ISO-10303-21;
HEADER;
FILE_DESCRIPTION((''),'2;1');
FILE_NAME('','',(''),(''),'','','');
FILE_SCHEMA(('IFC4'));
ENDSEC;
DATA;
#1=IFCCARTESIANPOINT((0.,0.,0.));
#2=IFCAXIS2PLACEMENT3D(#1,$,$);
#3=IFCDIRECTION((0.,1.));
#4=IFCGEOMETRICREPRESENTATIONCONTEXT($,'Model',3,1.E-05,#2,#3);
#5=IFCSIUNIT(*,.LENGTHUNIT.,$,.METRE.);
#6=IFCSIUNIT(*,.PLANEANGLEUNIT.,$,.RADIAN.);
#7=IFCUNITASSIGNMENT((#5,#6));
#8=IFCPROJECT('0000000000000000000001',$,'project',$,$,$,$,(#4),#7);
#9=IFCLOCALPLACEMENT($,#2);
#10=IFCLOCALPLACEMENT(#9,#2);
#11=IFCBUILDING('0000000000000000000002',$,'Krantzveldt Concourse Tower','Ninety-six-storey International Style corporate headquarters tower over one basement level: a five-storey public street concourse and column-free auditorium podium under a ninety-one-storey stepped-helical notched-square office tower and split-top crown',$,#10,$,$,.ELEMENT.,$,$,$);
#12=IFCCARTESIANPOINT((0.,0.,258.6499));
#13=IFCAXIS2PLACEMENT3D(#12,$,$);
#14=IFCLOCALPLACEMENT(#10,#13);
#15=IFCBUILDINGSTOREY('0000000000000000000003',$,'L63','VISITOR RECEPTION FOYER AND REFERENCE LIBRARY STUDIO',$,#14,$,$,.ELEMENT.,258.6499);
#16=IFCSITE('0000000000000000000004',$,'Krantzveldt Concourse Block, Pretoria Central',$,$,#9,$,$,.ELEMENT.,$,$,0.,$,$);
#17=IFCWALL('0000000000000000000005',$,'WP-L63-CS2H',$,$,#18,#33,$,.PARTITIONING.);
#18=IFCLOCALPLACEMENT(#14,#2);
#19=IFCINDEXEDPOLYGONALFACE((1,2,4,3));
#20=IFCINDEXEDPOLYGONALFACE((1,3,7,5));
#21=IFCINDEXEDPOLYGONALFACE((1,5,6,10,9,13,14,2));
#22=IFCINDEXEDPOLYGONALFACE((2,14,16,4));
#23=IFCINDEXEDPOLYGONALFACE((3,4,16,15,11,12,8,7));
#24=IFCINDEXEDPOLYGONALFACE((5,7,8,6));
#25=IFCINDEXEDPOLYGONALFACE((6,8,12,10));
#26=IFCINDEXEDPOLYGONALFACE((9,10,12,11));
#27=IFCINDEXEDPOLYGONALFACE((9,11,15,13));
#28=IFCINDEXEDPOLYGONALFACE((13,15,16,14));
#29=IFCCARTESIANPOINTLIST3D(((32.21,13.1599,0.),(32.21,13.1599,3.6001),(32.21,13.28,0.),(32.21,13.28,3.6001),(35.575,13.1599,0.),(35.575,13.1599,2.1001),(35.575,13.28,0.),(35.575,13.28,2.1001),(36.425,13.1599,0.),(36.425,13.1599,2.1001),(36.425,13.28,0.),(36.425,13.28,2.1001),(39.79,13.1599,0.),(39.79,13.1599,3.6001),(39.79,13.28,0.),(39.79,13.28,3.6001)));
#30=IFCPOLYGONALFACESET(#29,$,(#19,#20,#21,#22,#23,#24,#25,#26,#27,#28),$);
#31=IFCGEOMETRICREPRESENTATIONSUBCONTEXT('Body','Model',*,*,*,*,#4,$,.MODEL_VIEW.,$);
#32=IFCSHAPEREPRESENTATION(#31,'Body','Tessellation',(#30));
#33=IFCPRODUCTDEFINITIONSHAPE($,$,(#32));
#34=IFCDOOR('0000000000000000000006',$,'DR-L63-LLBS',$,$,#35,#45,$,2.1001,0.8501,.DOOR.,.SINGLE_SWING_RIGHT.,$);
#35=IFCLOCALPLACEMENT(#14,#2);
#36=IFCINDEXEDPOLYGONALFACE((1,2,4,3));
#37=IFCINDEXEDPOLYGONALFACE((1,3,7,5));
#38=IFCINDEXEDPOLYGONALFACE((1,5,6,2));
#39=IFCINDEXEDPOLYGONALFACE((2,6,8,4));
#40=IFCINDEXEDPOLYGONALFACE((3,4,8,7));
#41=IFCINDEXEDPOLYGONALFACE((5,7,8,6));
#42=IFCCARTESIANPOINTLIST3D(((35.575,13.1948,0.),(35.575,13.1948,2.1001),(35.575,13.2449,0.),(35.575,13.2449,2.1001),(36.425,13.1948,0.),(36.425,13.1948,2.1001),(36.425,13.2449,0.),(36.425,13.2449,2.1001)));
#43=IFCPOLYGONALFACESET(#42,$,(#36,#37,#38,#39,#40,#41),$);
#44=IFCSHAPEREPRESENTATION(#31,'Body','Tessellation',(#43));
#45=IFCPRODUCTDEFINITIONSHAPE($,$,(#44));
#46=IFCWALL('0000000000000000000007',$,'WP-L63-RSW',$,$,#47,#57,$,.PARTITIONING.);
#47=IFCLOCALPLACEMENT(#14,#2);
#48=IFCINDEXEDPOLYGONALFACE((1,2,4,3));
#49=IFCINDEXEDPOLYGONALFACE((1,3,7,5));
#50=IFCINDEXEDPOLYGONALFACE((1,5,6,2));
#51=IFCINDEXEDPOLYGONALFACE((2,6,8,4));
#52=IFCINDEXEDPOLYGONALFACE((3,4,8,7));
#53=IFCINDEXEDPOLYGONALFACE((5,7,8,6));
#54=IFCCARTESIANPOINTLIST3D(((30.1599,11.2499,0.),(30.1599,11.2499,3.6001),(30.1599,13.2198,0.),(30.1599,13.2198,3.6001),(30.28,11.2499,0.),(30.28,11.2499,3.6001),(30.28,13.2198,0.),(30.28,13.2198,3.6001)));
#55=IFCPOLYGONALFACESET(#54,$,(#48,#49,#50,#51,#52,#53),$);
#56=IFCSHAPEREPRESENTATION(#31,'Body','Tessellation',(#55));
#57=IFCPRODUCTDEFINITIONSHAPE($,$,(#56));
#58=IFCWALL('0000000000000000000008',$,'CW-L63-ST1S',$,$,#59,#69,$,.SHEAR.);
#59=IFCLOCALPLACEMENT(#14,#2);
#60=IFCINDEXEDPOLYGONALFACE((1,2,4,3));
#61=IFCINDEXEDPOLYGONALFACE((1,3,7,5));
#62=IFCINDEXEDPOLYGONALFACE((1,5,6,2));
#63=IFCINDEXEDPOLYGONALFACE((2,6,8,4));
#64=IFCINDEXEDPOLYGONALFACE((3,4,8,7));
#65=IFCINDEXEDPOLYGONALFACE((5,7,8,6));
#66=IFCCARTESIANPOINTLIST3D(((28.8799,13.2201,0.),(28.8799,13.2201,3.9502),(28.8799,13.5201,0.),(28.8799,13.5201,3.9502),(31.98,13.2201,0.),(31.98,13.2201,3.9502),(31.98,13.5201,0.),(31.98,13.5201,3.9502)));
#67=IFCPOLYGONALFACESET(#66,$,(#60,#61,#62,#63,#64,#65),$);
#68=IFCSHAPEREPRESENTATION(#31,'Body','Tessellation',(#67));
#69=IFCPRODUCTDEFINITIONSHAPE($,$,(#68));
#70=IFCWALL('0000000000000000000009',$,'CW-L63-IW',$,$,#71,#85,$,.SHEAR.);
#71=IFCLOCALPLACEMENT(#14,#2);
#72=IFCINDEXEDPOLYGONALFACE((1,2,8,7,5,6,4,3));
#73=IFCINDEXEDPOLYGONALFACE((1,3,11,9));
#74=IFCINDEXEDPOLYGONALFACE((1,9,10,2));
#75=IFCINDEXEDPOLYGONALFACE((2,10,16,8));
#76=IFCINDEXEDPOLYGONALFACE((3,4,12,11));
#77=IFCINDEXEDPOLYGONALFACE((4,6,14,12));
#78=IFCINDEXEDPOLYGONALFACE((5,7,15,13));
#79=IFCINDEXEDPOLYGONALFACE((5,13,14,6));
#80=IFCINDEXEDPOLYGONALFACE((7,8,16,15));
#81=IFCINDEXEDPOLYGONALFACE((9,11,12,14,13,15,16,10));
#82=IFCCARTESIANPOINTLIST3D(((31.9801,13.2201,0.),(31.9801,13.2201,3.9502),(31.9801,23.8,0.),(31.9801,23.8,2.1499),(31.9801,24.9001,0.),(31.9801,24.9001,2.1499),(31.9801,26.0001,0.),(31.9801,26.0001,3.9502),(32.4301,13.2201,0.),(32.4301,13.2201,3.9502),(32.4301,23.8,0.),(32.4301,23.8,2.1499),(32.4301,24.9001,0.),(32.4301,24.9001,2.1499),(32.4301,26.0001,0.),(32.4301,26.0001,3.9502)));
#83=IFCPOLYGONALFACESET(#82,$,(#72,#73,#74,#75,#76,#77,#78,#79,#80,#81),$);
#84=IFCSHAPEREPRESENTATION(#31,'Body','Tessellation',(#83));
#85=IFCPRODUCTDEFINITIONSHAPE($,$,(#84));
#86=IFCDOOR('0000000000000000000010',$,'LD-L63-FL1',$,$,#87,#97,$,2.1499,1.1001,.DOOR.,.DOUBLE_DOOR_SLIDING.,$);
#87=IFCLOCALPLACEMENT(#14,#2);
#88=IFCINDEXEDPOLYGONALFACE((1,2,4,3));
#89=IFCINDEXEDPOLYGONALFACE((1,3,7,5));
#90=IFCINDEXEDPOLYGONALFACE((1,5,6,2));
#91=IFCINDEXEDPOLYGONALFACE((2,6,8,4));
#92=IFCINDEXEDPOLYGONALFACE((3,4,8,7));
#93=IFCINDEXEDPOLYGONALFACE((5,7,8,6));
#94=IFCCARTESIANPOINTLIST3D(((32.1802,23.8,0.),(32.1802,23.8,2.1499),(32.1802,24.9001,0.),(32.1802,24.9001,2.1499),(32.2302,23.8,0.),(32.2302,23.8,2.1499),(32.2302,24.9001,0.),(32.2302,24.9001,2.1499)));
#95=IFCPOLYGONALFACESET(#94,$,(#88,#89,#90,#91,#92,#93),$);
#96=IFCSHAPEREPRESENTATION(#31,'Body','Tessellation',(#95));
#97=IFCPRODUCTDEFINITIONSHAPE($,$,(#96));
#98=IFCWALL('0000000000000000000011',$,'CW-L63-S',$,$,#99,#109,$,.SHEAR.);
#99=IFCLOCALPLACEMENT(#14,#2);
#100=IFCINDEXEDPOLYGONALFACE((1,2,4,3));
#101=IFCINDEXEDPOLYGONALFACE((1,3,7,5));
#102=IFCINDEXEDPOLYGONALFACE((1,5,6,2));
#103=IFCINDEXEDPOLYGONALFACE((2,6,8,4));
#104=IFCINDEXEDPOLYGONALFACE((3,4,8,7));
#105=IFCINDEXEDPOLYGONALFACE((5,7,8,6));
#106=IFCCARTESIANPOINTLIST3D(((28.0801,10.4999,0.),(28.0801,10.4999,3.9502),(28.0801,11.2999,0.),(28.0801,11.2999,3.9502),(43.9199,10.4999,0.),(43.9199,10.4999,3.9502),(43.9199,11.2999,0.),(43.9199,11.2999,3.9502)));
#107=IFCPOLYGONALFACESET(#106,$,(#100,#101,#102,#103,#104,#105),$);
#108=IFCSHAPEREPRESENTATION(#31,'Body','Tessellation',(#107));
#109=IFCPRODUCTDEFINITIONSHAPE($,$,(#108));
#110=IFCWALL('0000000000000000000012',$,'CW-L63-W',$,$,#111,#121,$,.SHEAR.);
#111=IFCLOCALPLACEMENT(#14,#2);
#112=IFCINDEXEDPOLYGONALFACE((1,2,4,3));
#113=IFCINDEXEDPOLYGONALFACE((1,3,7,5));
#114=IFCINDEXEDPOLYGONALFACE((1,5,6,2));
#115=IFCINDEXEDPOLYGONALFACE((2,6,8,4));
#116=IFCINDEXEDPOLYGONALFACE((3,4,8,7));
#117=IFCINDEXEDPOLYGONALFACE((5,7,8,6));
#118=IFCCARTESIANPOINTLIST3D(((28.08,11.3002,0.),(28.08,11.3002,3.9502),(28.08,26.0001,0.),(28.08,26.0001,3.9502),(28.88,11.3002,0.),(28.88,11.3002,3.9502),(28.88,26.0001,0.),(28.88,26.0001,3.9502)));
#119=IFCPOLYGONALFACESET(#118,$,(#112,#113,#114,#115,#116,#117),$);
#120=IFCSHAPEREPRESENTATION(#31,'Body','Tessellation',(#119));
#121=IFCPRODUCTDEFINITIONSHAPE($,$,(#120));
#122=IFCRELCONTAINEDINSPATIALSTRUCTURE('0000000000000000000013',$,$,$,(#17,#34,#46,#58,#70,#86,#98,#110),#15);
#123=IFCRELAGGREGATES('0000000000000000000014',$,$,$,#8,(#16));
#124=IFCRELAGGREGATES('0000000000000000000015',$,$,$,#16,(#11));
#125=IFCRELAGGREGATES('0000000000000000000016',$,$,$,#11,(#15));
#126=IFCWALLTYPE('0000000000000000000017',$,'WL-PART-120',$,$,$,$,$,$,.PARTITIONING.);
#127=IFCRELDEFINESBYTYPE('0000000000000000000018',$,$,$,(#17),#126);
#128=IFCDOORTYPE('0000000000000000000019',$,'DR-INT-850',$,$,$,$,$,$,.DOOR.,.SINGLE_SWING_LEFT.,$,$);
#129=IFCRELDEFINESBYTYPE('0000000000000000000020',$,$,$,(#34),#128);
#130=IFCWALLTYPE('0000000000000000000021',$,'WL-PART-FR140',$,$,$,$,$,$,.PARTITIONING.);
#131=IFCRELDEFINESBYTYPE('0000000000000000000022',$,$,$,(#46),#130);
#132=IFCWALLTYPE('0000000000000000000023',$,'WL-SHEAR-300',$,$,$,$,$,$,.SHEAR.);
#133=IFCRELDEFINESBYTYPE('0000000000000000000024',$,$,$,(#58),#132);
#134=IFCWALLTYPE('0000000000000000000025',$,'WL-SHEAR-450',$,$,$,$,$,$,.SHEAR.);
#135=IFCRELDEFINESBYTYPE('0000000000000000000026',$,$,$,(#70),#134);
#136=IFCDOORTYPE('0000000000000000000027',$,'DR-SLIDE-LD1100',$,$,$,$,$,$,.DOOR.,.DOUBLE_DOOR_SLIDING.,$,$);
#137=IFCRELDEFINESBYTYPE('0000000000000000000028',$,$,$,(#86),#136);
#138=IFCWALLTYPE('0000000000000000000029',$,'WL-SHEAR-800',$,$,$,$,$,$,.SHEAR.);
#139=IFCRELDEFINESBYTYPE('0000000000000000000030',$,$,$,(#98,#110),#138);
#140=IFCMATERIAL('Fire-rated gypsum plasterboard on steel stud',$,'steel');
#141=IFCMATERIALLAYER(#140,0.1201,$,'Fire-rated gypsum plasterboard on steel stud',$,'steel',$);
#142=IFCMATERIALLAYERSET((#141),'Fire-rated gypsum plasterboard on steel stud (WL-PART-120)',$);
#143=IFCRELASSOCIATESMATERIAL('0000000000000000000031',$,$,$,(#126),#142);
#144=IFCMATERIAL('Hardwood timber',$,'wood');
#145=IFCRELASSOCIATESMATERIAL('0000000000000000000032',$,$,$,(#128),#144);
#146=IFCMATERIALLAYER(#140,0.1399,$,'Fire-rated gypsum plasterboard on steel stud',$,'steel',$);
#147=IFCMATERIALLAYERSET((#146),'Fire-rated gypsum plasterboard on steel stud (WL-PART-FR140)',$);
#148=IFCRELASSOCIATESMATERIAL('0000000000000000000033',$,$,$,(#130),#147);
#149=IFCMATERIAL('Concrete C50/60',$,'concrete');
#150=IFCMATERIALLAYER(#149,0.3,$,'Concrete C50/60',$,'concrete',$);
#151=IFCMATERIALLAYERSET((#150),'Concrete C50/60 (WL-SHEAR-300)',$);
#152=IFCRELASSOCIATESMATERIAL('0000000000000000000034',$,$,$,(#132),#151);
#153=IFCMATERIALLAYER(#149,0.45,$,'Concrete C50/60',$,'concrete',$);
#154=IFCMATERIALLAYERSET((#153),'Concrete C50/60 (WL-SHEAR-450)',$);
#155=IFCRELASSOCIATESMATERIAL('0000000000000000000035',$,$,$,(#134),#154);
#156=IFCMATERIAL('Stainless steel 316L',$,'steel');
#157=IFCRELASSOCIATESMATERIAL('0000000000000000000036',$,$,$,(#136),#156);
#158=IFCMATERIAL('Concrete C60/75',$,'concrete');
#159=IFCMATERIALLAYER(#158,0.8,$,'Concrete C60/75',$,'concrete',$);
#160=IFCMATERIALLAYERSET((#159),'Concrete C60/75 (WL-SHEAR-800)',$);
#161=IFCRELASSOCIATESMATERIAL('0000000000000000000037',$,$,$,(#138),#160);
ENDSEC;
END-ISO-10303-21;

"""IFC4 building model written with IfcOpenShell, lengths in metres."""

from ifc_helpers import new_model, si_unit, direction, frame, frame_2d, origin, place, context, subcontext, project, spatial, rectangle, extrude, material, layer, layer_set, type_object, element, fill, save


model = new_model("IFC4")

# Units and contexts
model_context = context("Model", 3, precision=1e-05, world=origin(), true_north=direction((0.0, 1.0)))
body_context = subcontext(model_context, "Body", "Model", "MODEL_VIEW")
ifc_project = project(units=[si_unit("LENGTHUNIT", "METRE"), si_unit("PLANEANGLEUNIT", "RADIAN")], contexts=[model_context])

# Site, building, storey
site_placement = place(None, origin())
site = spatial("IfcSite", under=ifc_project, at=site_placement, Name="Krantzveldt Concourse Block, Pretoria Central", CompositionType="ELEMENT", RefElevation=0.0)
building_placement = place(site_placement, origin())
building = spatial("IfcBuilding", under=site, at=building_placement, Name="Krantzveldt Concourse Tower", Description="Ninety-six-storey International Style corporate headquarters tower over one basement level: a five-storey public street concourse and column-free auditorium podium under a ninety-one-storey stepped-helical notched-square office tower and split-top crown", CompositionType="ELEMENT")
storey_placement = place(building_placement, frame((0.0, 0.0, 258.6499)))
storey = spatial("IfcBuildingStorey", under=building, at=storey_placement, Name="L63", Description="VISITOR RECEPTION FOYER AND REFERENCE LIBRARY STUDIO", CompositionType="ELEMENT", Elevation=258.6499)

# Shared definitions
ifc_material_1 = material(Name="Concrete C50/60", Category="concrete")

# Wall, opening, door
ifc_material_2 = material(Name="Fire-rated gypsum plasterboard on steel stud", Category="steel")
ifc_layer_1 = layer(ifc_material_2, 0.1201, Name="Fire-rated gypsum plasterboard on steel stud", Category="steel")
ifc_layer_set_1 = layer_set([ifc_layer_1], Name="Fire-rated gypsum plasterboard on steel stud (WL-PART-120)")
wall_type_1 = type_object("IfcWallType", Name="WL-PART-120", PredefinedType="PARTITIONING", material=ifc_layer_set_1)
wall_1_placement = place(storey_placement, frame((32.21, 13.22, 0.0), z_axis=(0.0, 0.0, 1.0), x_axis=(1.0, 0.0, 0.0)))
wall_1 = element("IfcWall", 1, at=wall_1_placement, inside=storey, type_object=wall_type_1, Name="WP-L63-CS2H", PredefinedType="PARTITIONING", context=body_context, shape_type="SweptSolid", body=[
    extrude(rectangle(XDim=7.5801, YDim=0.1201, at=frame_2d((3.79, 0.0))), origin(), (0.0, 0.0, 1.0), 3.6001),
])
opening_1_placement = place(wall_1_placement, frame((3.365, 0.0, 0.0)))
opening_1 = element("IfcOpeningElement", 2, at=opening_1_placement, cuts=wall_1, PredefinedType="OPENING", context=body_context, shape_type="SweptSolid", body=[
    extrude(rectangle(XDim=0.8501, YDim=2.1001, at=frame_2d((0.425, 1.05))), frame((0.0, 0.0701, 0.0), z_axis=(0.0, -1.0, 0.0), x_axis=(1.0, 0.0, 0.0)), (0.0, 0.0, 1.0), 0.1401),
])
ifc_material_3 = material(Name="Hardwood timber", Category="wood")
door_type_1 = type_object("IfcDoorType", Name="DR-INT-850", OperationType="SINGLE_SWING_LEFT", PredefinedType="DOOR", material=ifc_material_3)
door_1_placement = place(opening_1_placement, origin())
door_1 = element("IfcDoor", 3, at=door_1_placement, inside=storey, type_object=door_type_1, Name="DR-L63-LLBS", OperationType="SINGLE_SWING_RIGHT", OverallHeight=2.1001, OverallWidth=0.8501, PredefinedType="DOOR", context=body_context, shape_type="SweptSolid", body=[
    extrude(rectangle(XDim=0.8501, YDim=2.1001, at=frame_2d((0.425, 1.05))), frame((0.0, 0.0249, 0.0), z_axis=(0.0, -1.0, 0.0), x_axis=(1.0, 0.0, 0.0)), (0.0, 0.0, 1.0), 0.05),
])
fill(opening_1, door_1)

# Walls
ifc_layer_2 = layer(ifc_material_2, 0.1399, Name="Fire-rated gypsum plasterboard on steel stud", Category="steel")
ifc_layer_set_2 = layer_set([ifc_layer_2], Name="Fire-rated gypsum plasterboard on steel stud (WL-PART-FR140)")
wall_type_2 = type_object("IfcWallType", Name="WL-PART-FR140", PredefinedType="PARTITIONING", material=ifc_layer_set_2)
wall_2_placement = place(storey_placement, frame((30.22, 11.25, 0.0), z_axis=(0.0, 0.0, 1.0), x_axis=(0.0, 1.0, 0.0)))
element("IfcWall", 4, at=wall_2_placement, inside=storey, type_object=wall_type_2, Name="WP-L63-RSW", PredefinedType="PARTITIONING", context=body_context, shape_type="SweptSolid", body=[
    extrude(rectangle(XDim=1.97, YDim=0.1201, at=frame_2d((0.9849, 0.0))), origin(), (0.0, 0.0, 1.0), 3.6001),
])
ifc_layer_3 = layer(ifc_material_1, 0.3, Name="Concrete C50/60", Category="concrete")
ifc_layer_set_3 = layer_set([ifc_layer_3], Name="Concrete C50/60 (WL-SHEAR-300)")
wall_type_3 = type_object("IfcWallType", Name="WL-SHEAR-300", PredefinedType="SHEAR", material=ifc_layer_set_3)
wall_3_placement = place(storey_placement, frame((28.8799, 13.3701, 0.0), z_axis=(0.0, 0.0, 1.0), x_axis=(1.0, 0.0, 0.0)))
element("IfcWall", 5, at=wall_3_placement, inside=storey, type_object=wall_type_3, Name="CW-L63-ST1S", PredefinedType="SHEAR", context=body_context, shape_type="SweptSolid", body=[
    extrude(rectangle(XDim=3.1001, YDim=0.3, at=frame_2d((1.55, 0.0))), origin(), (0.0, 0.0, 1.0), 3.9502),
])

# Wall, opening, door
ifc_layer_4 = layer(ifc_material_1, 0.45, Name="Concrete C50/60", Category="concrete")
ifc_layer_set_4 = layer_set([ifc_layer_4], Name="Concrete C50/60 (WL-SHEAR-450)")
wall_type_4 = type_object("IfcWallType", Name="WL-SHEAR-450", PredefinedType="SHEAR", material=ifc_layer_set_4)
wall_4_placement = place(storey_placement, frame((32.2051, 13.22, 0.0), z_axis=(0.0, 0.0, 1.0), x_axis=(0.0, 1.0, 0.0)))
wall_4 = element("IfcWall", 6, at=wall_4_placement, inside=storey, type_object=wall_type_4, Name="CW-L63-IW", PredefinedType="SHEAR", context=body_context, shape_type="SweptSolid", body=[
    extrude(rectangle(XDim=12.78, YDim=0.45, at=frame_2d((6.3901, 0.0))), origin(), (0.0, 0.0, 1.0), 3.9502),
])
opening_2_placement = place(wall_4_placement, frame((10.5801, 0.0, 0.0)))
opening_2 = element("IfcOpeningElement", 7, at=opening_2_placement, cuts=wall_4, PredefinedType="OPENING", context=body_context, shape_type="SweptSolid", body=[
    extrude(rectangle(XDim=1.1001, YDim=2.1499, at=frame_2d((0.55, 1.075))), frame((0.0, 0.2349, 0.0), z_axis=(0.0, -1.0, 0.0), x_axis=(1.0, 0.0, 0.0)), (0.0, 0.0, 1.0), 0.47),
])
ifc_material_4 = material(Name="Stainless steel 316L", Category="steel")
door_type_2 = type_object("IfcDoorType", Name="DR-SLIDE-LD1100", OperationType="DOUBLE_DOOR_SLIDING", PredefinedType="DOOR", material=ifc_material_4)
door_2_placement = place(opening_2_placement, origin())
door_2 = element("IfcDoor", 8, at=door_2_placement, inside=storey, type_object=door_type_2, Name="LD-L63-FL1", OperationType="DOUBLE_DOOR_SLIDING", OverallHeight=2.1499, OverallWidth=1.1001, PredefinedType="DOOR", context=body_context, shape_type="SweptSolid", body=[
    extrude(rectangle(XDim=1.1001, YDim=2.1499, at=frame_2d((0.55, 1.075))), frame((0.0, 0.0249, 0.0), z_axis=(0.0, -1.0, 0.0), x_axis=(1.0, 0.0, 0.0)), (0.0, 0.0, 1.0), 0.05),
])
fill(opening_2, door_2)

# Walls
ifc_material_5 = material(Name="Concrete C60/75", Category="concrete")
ifc_layer_5 = layer(ifc_material_5, 0.8, Name="Concrete C60/75", Category="concrete")
ifc_layer_set_5 = layer_set([ifc_layer_5], Name="Concrete C60/75 (WL-SHEAR-800)")
wall_type_5 = type_object("IfcWallType", Name="WL-SHEAR-800", PredefinedType="SHEAR", material=ifc_layer_set_5)
wall_5_placement = place(storey_placement, frame((28.0801, 10.8999, 0.0), z_axis=(0.0, 0.0, 1.0), x_axis=(1.0, 0.0, 0.0)))
element("IfcWall", 9, at=wall_5_placement, inside=storey, type_object=wall_type_5, Name="CW-L63-S", PredefinedType="SHEAR", context=body_context, shape_type="SweptSolid", body=[
    extrude(rectangle(XDim=15.8398, YDim=0.8, at=frame_2d((7.9199, 0.0))), origin(), (0.0, 0.0, 1.0), 3.9502),
])
wall_6_placement = place(storey_placement, frame((28.48, 11.3, 0.0), z_axis=(0.0, 0.0, 1.0), x_axis=(0.0, 1.0, 0.0)))
element("IfcWall", 10, at=wall_6_placement, inside=storey, type_object=wall_type_5, Name="CW-L63-W", PredefinedType="SHEAR", context=body_context, shape_type="SweptSolid", body=[
    extrude(rectangle(XDim=14.7, YDim=0.8, at=frame_2d((7.3501, 0.0))), origin(), (0.0, 0.0, 1.0), 3.9502),
])

save(model, "model.ifc")
